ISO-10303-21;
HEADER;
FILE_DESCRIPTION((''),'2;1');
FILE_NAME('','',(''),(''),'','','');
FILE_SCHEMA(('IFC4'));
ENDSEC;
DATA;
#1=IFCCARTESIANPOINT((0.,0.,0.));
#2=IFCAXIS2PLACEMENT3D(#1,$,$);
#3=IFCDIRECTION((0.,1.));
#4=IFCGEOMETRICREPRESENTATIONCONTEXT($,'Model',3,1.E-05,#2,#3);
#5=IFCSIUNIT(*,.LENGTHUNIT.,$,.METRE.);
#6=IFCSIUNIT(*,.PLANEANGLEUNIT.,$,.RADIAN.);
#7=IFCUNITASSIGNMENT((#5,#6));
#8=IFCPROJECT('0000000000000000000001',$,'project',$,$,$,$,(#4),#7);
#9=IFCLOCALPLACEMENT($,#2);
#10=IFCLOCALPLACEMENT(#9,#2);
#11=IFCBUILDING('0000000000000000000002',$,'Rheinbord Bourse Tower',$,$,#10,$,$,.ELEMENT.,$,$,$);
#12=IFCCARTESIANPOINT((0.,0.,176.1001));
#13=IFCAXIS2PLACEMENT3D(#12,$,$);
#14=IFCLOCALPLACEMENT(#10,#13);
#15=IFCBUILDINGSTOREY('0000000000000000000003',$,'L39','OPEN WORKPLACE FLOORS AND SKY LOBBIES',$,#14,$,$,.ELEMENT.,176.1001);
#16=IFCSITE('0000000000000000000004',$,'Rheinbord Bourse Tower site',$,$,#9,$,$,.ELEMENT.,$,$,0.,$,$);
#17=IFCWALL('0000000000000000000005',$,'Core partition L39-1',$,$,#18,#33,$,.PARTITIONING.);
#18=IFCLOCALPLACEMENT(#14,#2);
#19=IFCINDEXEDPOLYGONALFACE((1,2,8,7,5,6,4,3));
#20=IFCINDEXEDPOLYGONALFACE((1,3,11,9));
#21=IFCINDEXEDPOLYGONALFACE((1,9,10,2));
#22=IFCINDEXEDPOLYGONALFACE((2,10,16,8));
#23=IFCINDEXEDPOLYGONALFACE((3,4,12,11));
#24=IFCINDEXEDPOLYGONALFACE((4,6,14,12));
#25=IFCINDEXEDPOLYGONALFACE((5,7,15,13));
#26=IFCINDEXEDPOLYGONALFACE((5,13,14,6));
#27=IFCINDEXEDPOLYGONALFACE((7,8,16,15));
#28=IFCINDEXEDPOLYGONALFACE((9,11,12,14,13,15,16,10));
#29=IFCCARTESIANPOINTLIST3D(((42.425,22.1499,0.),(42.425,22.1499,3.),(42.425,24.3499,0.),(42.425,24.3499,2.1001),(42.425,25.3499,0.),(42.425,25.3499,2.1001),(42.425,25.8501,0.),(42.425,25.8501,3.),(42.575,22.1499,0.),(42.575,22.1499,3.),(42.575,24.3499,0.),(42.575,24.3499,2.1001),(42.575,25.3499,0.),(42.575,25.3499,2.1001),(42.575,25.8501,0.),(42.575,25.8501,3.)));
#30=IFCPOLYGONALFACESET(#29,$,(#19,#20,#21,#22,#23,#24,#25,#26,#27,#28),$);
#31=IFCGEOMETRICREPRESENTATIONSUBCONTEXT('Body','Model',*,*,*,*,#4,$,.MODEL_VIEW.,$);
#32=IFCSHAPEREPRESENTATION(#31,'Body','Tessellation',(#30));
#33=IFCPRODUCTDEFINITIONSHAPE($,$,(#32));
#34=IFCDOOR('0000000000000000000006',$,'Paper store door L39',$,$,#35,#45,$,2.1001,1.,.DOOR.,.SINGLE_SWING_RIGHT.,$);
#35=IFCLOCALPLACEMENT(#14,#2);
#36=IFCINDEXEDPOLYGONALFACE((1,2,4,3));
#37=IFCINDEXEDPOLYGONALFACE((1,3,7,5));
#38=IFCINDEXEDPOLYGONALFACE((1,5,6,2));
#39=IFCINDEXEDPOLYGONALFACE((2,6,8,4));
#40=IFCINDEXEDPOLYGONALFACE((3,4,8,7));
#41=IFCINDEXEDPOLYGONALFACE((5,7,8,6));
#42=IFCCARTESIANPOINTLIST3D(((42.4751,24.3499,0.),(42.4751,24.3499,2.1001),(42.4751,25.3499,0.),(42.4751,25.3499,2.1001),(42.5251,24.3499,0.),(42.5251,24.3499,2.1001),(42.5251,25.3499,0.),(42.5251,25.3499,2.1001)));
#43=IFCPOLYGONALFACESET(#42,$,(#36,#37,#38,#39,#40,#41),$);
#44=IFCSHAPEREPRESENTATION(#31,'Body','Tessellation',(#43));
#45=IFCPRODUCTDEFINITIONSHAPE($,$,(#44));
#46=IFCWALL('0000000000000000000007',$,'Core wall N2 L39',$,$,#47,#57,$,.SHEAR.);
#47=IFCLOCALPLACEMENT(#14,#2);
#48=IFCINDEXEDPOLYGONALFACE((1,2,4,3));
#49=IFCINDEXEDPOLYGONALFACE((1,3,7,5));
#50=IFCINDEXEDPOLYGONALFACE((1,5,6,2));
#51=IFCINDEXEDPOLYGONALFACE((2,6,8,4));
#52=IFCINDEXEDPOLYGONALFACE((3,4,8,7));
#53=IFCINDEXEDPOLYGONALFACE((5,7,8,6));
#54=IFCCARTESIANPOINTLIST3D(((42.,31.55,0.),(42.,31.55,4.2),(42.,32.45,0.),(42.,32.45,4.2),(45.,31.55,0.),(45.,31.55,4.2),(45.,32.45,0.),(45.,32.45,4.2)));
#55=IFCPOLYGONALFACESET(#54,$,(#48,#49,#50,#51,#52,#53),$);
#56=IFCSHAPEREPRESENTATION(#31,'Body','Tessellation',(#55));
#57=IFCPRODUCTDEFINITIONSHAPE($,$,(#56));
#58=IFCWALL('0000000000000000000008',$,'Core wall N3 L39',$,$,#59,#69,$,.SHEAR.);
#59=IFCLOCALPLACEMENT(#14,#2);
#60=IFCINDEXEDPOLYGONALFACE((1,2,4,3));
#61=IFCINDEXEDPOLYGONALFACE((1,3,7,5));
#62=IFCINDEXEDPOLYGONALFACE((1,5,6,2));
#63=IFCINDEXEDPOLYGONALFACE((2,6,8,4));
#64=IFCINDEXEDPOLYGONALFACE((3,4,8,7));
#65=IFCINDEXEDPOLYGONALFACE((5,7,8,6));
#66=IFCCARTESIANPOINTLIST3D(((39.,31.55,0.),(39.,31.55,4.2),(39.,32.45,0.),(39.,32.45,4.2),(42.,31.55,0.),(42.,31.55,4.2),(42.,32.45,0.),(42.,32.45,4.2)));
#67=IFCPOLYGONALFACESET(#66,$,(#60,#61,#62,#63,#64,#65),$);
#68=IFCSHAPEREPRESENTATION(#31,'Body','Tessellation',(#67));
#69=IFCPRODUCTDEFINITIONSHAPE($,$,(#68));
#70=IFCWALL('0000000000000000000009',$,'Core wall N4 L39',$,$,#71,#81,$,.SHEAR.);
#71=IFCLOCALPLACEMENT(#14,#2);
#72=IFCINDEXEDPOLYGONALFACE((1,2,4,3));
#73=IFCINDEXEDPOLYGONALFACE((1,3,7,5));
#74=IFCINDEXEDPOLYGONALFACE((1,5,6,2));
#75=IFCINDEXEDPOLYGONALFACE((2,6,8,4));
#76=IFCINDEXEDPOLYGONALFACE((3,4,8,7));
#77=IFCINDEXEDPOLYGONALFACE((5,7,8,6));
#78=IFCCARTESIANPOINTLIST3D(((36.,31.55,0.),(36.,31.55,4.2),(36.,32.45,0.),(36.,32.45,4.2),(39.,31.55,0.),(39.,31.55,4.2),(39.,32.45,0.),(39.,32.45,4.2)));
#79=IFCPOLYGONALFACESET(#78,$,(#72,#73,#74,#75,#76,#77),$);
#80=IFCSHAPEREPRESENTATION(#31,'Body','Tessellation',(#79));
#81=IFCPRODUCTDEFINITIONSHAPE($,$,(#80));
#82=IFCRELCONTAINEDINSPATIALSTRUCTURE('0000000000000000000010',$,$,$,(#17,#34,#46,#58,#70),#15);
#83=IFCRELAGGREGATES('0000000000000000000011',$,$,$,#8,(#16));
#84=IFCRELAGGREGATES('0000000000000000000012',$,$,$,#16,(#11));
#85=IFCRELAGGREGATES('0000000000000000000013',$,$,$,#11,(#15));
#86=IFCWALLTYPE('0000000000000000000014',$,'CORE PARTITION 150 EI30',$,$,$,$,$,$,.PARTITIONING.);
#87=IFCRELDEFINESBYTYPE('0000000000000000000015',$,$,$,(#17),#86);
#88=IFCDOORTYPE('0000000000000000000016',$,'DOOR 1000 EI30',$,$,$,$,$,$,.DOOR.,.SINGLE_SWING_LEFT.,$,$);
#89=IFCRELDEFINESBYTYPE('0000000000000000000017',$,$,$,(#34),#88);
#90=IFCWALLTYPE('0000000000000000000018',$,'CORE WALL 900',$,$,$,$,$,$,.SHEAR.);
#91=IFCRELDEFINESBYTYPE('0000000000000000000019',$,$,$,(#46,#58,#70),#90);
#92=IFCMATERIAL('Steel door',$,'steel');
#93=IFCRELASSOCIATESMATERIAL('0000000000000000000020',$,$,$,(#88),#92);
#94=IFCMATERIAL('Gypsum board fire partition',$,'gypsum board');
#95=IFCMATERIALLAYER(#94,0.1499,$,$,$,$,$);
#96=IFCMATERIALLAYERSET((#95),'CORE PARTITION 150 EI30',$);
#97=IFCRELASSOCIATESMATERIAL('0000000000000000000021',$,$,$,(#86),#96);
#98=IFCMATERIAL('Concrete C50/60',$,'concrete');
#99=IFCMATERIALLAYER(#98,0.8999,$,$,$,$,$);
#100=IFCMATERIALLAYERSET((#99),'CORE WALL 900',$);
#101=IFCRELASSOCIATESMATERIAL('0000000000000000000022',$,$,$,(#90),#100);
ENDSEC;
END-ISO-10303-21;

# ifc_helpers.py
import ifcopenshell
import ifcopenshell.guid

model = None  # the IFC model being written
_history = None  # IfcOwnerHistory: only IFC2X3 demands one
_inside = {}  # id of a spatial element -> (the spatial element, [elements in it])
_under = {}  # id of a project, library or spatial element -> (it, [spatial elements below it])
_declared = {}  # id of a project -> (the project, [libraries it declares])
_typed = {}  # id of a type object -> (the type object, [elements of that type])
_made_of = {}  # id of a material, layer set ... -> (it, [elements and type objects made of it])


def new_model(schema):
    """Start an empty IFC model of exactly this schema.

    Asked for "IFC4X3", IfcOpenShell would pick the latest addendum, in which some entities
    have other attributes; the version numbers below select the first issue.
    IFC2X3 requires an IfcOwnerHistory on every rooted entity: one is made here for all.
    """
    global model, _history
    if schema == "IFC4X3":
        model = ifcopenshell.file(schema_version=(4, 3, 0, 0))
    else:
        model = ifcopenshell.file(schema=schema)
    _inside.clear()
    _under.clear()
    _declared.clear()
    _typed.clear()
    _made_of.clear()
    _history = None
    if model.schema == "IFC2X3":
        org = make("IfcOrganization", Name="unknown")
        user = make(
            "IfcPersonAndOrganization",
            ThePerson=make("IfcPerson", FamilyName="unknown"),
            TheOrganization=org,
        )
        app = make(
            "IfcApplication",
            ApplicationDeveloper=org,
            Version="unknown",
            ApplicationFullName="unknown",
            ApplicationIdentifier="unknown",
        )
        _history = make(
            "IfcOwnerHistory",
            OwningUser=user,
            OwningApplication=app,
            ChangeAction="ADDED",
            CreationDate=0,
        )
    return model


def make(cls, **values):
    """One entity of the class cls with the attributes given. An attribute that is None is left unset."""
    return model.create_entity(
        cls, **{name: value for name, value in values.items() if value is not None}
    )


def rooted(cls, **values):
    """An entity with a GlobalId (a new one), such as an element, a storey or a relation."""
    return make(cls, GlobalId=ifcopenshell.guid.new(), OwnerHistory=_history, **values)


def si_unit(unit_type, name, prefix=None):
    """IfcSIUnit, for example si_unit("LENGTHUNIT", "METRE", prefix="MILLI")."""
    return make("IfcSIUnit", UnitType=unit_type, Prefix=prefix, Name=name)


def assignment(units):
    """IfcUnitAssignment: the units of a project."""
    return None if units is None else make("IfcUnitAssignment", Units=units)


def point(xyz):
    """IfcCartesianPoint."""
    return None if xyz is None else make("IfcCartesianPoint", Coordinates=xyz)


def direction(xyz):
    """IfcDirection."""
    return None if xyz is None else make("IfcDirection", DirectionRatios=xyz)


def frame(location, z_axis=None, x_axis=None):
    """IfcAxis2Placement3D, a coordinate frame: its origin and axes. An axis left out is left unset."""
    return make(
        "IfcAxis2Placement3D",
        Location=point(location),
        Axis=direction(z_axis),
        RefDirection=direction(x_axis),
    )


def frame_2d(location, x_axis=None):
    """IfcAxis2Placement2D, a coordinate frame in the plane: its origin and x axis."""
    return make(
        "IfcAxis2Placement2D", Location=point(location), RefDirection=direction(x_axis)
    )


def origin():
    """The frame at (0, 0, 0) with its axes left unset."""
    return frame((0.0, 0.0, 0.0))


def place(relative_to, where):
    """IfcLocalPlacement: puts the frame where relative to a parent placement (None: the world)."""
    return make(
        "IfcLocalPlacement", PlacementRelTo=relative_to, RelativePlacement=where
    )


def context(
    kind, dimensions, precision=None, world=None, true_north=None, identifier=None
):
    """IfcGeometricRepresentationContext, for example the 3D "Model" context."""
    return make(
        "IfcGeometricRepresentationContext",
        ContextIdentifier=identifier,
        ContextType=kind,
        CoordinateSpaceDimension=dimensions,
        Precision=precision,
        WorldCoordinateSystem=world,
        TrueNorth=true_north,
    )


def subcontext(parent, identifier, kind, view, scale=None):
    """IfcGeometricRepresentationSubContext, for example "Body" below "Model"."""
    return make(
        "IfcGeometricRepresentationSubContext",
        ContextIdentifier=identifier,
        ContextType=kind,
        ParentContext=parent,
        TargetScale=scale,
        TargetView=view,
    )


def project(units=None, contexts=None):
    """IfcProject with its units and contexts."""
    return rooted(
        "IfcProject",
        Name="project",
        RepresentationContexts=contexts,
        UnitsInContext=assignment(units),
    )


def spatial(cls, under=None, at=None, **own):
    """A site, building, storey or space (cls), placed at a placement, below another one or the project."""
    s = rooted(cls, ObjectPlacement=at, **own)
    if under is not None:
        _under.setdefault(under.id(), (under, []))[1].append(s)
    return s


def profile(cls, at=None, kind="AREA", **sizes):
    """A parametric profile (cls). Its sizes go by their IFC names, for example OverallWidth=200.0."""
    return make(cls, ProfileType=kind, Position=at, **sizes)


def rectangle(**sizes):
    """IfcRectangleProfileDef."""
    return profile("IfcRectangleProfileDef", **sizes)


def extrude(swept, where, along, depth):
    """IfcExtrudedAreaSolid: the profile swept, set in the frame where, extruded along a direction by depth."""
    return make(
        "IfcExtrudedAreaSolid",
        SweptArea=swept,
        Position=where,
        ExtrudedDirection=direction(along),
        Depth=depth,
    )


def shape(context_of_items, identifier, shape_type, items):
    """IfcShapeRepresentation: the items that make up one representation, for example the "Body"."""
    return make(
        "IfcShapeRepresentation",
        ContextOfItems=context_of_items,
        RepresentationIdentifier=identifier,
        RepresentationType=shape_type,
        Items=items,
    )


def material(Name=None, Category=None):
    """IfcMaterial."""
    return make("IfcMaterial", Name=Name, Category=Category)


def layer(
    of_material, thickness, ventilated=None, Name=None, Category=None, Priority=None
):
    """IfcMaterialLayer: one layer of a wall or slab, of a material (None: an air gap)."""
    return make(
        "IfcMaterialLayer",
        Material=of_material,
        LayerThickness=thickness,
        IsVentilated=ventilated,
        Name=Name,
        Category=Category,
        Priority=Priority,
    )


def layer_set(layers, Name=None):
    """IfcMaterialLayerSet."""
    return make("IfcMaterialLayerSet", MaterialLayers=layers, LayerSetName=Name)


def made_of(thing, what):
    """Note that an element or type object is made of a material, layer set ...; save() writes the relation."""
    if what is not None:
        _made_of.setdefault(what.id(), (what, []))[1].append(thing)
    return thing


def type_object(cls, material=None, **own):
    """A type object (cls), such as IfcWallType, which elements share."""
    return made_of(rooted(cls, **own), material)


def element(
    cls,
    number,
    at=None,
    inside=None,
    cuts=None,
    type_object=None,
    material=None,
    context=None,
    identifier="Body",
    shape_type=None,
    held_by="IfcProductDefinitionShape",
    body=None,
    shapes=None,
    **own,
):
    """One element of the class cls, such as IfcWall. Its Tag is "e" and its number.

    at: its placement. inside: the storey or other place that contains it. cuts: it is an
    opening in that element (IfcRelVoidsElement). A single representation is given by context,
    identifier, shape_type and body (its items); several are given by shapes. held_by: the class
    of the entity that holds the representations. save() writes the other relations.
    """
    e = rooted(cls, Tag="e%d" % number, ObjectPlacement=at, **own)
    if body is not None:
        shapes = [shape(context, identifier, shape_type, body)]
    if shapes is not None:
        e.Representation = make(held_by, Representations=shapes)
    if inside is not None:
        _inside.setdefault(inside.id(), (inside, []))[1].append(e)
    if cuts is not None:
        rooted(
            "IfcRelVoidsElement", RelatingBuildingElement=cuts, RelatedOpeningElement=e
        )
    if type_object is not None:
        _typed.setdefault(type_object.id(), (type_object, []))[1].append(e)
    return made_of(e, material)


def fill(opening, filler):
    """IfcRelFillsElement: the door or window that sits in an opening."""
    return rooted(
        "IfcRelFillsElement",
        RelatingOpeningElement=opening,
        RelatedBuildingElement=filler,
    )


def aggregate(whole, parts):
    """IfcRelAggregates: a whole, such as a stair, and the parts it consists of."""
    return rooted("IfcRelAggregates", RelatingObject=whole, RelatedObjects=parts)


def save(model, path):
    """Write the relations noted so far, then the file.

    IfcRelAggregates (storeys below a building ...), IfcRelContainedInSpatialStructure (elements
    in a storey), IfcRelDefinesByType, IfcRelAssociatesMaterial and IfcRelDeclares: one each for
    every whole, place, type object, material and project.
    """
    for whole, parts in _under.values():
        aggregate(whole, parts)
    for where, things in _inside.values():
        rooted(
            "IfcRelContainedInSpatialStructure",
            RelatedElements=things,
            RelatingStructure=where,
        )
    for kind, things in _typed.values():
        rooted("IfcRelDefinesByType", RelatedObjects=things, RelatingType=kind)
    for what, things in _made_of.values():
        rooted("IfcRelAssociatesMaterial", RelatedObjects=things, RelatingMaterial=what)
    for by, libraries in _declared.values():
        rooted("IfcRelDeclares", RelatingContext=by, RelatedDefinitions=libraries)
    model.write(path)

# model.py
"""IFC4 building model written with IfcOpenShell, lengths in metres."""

from ifc_helpers import new_model, si_unit, direction, frame, frame_2d, origin, place, context, subcontext, project, spatial, rectangle, extrude, material, layer, layer_set, type_object, element, fill, save


model = new_model("IFC4")

# Units and contexts
model_context = context("Model", 3, precision=1e-05, world=origin(), true_north=direction((0.0, 1.0)))
body_context = subcontext(model_context, "Body", "Model", "MODEL_VIEW")
ifc_project = project(units=[si_unit("LENGTHUNIT", "METRE"), si_unit("PLANEANGLEUNIT", "RADIAN")], contexts=[model_context])

# Site, building, storey
site_placement = place(None, origin())
site = spatial("IfcSite", under=ifc_project, at=site_placement, Name="Rheinbord Bourse Tower site", CompositionType="ELEMENT", RefElevation=0.0)
building_placement = place(site_placement, origin())
building = spatial("IfcBuilding", under=site, at=building_placement, Name="Rheinbord Bourse Tower", CompositionType="ELEMENT")
storey_placement = place(building_placement, frame((0.0, 0.0, 176.1001)))
storey = spatial("IfcBuildingStorey", under=building, at=storey_placement, Name="L39", Description="OPEN WORKPLACE FLOORS AND SKY LOBBIES", CompositionType="ELEMENT", Elevation=176.1001)

# Shared definitions
ifc_material_1 = material(Name="Steel door", Category="steel")
door_type_1 = type_object("IfcDoorType", Name="DOOR 1000 EI30", OperationType="SINGLE_SWING_LEFT", PredefinedType="DOOR", material=ifc_material_1)

# Wall, opening, door
ifc_material_2 = material(Name="Gypsum board fire partition", Category="gypsum board")
ifc_layer_1 = layer(ifc_material_2, 0.1499)
ifc_layer_set_1 = layer_set([ifc_layer_1], Name="CORE PARTITION 150 EI30")
wall_type_1 = type_object("IfcWallType", Name="CORE PARTITION 150 EI30", PredefinedType="PARTITIONING", material=ifc_layer_set_1)
wall_1_placement = place(storey_placement, frame((42.5, 22.1499, 0.0), z_axis=(0.0, 0.0, 1.0), x_axis=(0.0, 1.0, 0.0)))
wall_1 = element("IfcWall", 1, at=wall_1_placement, inside=storey, type_object=wall_type_1, Name="Core partition L39-1", PredefinedType="PARTITIONING", context=body_context, shape_type="SweptSolid", body=[
    extrude(rectangle(XDim=3.7002, YDim=0.1499, at=frame_2d((1.8501, 0.0))), origin(), (0.0, 0.0, 1.0), 3.0),
])
opening_1_placement = place(wall_1_placement, frame((2.2, 0.0, 0.0)))
opening_1 = element("IfcOpeningElement", 2, at=opening_1_placement, cuts=wall_1, PredefinedType="OPENING", context=body_context, shape_type="SweptSolid", body=[
    extrude(rectangle(XDim=1.0, YDim=2.1001, at=frame_2d((0.5, 1.05))), frame((0.0, 0.085, 0.0), z_axis=(0.0, -1.0, 0.0), x_axis=(1.0, 0.0, 0.0)), (0.0, 0.0, 1.0), 0.1699),
])
door_1_placement = place(opening_1_placement, origin())
door_1 = element("IfcDoor", 3, at=door_1_placement, inside=storey, type_object=door_type_1, Name="Paper store door L39", OperationType="SINGLE_SWING_RIGHT", OverallHeight=2.1001, OverallWidth=1.0, PredefinedType="DOOR", context=body_context, shape_type="SweptSolid", body=[
    extrude(rectangle(XDim=1.0, YDim=2.1001, at=frame_2d((0.5, 1.05))), frame((0.0, 0.0249, 0.0), z_axis=(0.0, -1.0, 0.0), x_axis=(1.0, 0.0, 0.0)), (0.0, 0.0, 1.0), 0.05),
])
fill(opening_1, door_1)

# Walls
ifc_material_3 = material(Name="Concrete C50/60", Category="concrete")
ifc_layer_2 = layer(ifc_material_3, 0.8999)
ifc_layer_set_2 = layer_set([ifc_layer_2], Name="CORE WALL 900")
wall_type_2 = type_object("IfcWallType", Name="CORE WALL 900", PredefinedType="SHEAR", material=ifc_layer_set_2)
for number, where, z_axis, x_axis, name in (
    (4, (45.0, 32.0, 0.0), (0.0, 0.0, 1.0), (-1.0, 0.0, 0.0), "Core wall N2 L39"),
    (5, (42.0, 32.0, 0.0), (0.0, 0.0, 1.0), (-1.0, 0.0, 0.0), "Core wall N3 L39"),
    (6, (39.0, 32.0, 0.0), (0.0, 0.0, 1.0), (-1.0, 0.0, 0.0), "Core wall N4 L39"),
):
    element("IfcWall", number, at=place(storey_placement, frame(where, z_axis=z_axis, x_axis=x_axis)), inside=storey, type_object=wall_type_2, Name=name, PredefinedType="SHEAR", context=body_context, shape_type="SweptSolid", body=[
        extrude(rectangle(XDim=3.0, YDim=0.8999, at=frame_2d((1.5, 0.0))), origin(), (0.0, 0.0, 1.0), 4.2),
    ])

save(model, "model.ifc")
